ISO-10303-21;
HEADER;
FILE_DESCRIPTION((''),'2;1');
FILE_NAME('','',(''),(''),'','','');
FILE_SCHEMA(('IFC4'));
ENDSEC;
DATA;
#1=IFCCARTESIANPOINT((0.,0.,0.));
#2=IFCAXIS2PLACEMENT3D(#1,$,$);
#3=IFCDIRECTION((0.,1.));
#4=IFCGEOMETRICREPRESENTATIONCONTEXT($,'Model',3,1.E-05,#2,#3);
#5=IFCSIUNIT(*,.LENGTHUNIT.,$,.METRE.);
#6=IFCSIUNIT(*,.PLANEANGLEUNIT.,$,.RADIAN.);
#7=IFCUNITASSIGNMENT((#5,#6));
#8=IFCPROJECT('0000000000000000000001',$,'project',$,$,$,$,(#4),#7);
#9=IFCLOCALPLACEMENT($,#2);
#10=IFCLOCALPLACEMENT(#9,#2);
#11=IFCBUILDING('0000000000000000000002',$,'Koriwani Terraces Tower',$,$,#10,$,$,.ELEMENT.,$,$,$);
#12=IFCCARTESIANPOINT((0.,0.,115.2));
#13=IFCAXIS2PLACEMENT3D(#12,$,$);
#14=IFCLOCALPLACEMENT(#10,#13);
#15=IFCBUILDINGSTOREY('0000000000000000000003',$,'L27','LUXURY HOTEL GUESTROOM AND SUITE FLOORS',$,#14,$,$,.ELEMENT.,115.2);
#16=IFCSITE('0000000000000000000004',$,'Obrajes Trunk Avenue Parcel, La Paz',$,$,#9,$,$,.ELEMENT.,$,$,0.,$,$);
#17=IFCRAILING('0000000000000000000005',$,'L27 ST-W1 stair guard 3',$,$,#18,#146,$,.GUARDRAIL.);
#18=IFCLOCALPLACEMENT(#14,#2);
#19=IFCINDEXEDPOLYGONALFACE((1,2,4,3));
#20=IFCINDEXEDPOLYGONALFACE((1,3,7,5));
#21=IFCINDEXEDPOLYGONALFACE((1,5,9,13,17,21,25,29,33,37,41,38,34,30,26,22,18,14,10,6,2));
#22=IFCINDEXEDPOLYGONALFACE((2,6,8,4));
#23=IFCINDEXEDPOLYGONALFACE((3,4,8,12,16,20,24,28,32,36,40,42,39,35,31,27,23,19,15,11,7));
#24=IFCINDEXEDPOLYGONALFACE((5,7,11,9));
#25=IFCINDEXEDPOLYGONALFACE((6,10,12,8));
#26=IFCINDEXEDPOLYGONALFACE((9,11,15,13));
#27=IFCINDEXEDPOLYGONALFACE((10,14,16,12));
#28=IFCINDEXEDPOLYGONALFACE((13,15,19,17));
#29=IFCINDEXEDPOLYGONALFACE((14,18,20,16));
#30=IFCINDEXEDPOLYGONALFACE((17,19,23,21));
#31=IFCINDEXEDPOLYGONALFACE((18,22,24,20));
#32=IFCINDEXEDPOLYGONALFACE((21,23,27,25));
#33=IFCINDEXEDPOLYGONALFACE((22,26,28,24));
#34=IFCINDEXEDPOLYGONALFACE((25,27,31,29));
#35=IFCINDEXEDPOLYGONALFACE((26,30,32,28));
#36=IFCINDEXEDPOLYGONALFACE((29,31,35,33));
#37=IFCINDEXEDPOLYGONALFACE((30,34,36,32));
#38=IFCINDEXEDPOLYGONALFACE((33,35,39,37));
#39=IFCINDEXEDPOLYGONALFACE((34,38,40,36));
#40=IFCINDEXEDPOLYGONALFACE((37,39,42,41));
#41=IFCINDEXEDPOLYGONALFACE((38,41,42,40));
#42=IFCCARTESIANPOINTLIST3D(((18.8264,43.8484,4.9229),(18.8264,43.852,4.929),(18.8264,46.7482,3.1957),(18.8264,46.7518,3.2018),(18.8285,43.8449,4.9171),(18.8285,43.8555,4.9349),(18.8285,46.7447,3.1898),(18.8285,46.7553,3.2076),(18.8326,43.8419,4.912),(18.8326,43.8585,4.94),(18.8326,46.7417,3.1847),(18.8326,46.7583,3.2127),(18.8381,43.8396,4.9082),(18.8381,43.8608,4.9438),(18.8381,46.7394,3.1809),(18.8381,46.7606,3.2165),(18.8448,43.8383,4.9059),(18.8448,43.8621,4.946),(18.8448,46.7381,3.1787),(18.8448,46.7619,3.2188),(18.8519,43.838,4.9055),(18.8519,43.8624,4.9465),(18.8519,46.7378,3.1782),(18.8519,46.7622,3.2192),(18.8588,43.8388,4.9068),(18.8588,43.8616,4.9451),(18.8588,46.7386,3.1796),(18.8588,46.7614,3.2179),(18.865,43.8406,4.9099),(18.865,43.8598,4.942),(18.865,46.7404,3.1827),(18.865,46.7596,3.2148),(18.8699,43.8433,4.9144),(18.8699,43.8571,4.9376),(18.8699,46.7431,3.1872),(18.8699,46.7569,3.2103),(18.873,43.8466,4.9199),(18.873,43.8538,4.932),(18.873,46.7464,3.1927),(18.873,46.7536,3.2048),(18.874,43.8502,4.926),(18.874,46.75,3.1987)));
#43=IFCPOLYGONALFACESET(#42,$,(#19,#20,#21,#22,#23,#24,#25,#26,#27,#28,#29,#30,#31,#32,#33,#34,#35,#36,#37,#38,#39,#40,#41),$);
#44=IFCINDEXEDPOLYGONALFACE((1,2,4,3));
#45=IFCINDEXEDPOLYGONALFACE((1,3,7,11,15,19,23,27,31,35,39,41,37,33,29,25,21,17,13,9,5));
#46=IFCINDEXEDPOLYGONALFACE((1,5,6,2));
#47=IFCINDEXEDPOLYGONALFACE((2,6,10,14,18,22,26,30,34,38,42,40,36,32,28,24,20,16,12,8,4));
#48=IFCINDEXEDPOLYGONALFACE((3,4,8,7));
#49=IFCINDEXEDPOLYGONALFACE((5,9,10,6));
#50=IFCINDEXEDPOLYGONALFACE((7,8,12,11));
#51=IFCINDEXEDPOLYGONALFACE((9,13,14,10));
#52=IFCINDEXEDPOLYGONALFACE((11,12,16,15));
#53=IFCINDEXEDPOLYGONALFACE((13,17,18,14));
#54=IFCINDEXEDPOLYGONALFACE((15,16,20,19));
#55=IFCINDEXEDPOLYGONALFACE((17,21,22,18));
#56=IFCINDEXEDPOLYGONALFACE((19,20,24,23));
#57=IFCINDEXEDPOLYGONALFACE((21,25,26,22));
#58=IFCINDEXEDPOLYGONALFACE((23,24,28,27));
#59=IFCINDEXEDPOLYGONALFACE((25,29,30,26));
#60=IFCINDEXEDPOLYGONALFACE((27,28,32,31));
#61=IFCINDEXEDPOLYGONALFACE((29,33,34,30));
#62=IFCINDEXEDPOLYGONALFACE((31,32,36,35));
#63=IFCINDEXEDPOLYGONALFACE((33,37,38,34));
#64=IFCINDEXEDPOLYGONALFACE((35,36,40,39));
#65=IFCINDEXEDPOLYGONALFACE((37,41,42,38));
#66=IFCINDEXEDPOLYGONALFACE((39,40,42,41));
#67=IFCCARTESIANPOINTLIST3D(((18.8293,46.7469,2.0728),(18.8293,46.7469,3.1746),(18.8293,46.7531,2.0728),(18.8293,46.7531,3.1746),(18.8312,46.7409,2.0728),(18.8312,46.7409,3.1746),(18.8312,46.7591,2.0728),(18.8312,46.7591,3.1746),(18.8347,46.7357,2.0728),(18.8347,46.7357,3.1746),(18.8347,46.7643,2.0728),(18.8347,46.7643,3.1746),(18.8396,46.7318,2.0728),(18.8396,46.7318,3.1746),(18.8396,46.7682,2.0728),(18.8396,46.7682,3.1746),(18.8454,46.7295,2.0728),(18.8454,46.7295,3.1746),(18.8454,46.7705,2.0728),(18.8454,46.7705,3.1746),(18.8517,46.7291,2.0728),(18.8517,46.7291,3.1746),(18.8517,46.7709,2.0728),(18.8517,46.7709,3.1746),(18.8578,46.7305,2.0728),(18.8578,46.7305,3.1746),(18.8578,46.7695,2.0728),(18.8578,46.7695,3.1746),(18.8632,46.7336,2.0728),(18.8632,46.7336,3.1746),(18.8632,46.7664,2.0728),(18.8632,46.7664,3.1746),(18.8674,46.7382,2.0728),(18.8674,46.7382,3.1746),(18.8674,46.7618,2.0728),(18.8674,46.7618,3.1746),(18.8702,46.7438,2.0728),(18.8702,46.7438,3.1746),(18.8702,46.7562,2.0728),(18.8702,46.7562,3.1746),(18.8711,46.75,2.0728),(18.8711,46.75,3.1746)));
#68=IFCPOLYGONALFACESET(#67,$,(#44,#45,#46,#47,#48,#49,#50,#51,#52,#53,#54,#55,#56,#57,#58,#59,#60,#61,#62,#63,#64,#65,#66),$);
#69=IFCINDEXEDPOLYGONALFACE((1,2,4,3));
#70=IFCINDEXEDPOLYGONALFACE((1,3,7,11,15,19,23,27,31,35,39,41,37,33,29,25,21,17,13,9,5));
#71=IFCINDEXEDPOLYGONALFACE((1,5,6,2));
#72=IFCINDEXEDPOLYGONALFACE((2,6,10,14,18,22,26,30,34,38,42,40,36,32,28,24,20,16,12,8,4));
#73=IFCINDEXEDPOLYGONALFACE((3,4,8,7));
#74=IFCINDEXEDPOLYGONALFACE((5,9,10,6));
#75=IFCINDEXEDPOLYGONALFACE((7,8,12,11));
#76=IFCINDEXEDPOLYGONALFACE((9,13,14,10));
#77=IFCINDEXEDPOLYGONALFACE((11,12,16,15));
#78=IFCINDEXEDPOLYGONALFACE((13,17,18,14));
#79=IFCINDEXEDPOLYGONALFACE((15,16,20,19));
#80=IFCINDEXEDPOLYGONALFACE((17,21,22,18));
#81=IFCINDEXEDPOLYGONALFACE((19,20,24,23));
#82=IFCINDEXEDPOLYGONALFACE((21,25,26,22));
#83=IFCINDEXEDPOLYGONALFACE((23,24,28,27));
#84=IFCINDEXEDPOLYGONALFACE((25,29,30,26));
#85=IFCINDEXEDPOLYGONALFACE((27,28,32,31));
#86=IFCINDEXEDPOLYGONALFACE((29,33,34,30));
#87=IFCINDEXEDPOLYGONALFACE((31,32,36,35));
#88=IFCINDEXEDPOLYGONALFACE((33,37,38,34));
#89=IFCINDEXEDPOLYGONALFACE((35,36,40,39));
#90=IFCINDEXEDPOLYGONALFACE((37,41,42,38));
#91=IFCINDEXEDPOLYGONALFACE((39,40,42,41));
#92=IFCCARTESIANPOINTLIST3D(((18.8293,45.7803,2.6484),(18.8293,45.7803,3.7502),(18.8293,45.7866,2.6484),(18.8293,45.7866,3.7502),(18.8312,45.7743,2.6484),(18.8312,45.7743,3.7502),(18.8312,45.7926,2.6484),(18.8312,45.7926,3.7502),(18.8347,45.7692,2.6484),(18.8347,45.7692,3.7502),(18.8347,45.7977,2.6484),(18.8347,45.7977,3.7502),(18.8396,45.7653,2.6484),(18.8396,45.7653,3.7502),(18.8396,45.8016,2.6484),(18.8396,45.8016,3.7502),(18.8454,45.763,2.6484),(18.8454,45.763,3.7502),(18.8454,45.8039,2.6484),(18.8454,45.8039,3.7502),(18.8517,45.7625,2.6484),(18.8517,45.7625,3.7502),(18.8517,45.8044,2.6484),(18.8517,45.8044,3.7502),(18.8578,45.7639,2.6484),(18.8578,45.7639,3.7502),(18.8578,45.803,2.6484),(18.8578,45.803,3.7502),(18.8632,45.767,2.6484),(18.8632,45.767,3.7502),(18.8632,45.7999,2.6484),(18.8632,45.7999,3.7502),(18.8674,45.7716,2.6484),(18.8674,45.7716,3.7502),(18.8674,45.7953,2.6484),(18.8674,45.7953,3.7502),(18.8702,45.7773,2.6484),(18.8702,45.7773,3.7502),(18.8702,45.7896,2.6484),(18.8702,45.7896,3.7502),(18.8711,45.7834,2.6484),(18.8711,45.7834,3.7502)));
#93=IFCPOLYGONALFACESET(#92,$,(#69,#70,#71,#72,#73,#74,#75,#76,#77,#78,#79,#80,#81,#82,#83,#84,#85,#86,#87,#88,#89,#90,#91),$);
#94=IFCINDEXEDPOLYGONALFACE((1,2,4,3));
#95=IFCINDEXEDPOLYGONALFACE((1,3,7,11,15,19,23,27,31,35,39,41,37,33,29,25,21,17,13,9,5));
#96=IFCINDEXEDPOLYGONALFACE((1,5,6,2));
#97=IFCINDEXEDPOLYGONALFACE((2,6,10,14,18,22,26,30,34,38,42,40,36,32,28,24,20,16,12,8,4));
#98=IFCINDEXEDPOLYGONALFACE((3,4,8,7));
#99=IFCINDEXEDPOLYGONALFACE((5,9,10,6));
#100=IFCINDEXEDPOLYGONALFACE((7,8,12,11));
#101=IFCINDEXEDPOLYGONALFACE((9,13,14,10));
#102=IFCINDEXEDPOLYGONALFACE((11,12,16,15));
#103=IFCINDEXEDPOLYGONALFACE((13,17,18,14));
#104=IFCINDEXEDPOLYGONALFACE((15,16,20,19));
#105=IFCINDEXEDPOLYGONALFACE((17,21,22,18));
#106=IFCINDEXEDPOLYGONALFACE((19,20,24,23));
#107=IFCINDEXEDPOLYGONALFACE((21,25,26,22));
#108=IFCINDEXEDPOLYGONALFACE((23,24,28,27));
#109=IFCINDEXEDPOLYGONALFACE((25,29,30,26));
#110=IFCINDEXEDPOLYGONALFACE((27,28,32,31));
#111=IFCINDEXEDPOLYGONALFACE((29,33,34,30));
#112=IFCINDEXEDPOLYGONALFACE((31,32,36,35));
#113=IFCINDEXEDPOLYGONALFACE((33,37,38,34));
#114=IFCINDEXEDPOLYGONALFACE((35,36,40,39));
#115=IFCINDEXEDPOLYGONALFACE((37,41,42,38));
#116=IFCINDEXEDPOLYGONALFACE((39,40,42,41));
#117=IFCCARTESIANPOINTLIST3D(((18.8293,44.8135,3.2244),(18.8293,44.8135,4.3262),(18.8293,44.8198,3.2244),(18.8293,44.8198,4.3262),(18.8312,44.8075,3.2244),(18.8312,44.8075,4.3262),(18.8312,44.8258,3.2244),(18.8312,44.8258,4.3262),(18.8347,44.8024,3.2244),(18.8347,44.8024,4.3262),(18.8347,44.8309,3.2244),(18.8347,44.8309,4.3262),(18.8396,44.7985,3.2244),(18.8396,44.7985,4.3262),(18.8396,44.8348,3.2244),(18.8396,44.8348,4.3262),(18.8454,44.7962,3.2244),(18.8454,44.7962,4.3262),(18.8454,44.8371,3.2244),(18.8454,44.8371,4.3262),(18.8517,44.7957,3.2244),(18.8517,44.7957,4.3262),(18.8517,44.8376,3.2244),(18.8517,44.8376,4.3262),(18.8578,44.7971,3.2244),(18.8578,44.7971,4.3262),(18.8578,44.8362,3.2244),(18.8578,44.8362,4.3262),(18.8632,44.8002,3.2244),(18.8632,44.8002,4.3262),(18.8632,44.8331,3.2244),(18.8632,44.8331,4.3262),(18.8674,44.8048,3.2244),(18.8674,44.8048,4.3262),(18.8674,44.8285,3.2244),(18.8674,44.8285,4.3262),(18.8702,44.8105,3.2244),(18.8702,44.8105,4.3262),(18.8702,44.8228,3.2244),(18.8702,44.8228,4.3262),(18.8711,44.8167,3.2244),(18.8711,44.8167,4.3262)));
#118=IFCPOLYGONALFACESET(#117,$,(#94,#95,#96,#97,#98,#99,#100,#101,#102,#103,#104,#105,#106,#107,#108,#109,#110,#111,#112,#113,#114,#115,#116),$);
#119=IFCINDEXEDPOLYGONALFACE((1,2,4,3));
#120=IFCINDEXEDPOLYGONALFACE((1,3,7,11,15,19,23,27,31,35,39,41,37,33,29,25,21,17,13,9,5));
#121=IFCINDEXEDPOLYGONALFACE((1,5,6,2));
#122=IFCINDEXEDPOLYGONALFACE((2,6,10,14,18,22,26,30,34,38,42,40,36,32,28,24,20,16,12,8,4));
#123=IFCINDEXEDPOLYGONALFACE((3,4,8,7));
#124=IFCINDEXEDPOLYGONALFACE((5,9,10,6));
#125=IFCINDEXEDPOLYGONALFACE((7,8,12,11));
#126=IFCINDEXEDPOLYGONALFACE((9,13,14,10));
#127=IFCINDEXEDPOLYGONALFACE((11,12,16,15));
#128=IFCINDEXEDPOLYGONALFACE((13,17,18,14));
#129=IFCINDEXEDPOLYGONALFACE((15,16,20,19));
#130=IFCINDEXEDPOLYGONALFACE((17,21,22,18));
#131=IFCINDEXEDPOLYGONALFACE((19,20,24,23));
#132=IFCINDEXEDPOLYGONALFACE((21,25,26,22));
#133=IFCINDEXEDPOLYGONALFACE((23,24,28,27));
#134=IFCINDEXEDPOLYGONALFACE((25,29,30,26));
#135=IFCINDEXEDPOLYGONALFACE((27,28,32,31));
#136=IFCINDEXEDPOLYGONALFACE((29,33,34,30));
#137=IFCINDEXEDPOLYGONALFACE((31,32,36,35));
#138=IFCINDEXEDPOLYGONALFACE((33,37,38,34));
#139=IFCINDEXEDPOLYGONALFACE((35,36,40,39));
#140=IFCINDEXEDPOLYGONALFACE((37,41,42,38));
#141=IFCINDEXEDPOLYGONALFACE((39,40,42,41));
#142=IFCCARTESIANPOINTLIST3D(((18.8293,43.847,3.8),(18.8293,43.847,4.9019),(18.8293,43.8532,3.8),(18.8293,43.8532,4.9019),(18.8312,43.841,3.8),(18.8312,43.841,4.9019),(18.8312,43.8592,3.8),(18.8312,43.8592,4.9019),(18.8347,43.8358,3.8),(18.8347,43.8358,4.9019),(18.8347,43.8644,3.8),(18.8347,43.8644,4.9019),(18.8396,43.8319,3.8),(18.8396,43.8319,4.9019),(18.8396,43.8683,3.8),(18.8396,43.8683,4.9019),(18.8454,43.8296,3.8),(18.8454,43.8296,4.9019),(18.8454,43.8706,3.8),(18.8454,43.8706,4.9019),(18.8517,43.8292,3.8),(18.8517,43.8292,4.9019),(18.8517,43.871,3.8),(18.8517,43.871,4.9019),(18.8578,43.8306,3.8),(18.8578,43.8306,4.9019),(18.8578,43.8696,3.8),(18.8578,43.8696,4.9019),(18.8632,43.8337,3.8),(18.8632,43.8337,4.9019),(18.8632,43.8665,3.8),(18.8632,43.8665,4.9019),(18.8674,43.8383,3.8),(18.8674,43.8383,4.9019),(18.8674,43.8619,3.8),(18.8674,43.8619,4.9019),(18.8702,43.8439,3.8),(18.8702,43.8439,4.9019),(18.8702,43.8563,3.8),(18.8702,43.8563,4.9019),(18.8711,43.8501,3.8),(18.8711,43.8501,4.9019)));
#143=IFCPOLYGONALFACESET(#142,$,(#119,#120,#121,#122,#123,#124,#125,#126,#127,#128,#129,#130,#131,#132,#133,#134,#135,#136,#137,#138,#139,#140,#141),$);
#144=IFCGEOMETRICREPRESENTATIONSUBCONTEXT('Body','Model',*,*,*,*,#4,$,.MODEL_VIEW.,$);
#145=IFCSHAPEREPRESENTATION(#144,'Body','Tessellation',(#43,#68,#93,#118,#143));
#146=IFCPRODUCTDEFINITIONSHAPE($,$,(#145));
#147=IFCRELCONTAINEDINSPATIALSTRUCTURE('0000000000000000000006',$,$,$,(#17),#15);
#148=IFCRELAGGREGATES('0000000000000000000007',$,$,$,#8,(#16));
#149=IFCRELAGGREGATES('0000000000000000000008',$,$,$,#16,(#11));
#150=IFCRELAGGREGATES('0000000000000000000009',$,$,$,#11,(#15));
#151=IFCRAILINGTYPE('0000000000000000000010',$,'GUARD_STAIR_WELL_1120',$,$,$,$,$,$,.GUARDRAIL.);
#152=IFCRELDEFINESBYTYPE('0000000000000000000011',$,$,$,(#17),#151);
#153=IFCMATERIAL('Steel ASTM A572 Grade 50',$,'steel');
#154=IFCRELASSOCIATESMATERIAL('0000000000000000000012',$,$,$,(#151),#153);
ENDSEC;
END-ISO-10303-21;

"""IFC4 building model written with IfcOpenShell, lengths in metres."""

from ifc_helpers import new_model, si_unit, direction, frame, origin, origin_2d, place, context, subcontext, project, spatial, circle, extrude, material, type_object, element, save


model = new_model("IFC4")

# Units and contexts
model_context = context("Model", 3, precision=1e-05, world=origin(), true_north=direction((0.0, 1.0)))
body_context = subcontext(model_context, "Body", "Model", "MODEL_VIEW")
ifc_project = project(units=[si_unit("LENGTHUNIT", "METRE"), si_unit("PLANEANGLEUNIT", "RADIAN")], contexts=[model_context])

# Site, building, storey
site_placement = place(None, origin())
site = spatial("IfcSite", under=ifc_project, at=site_placement, Name="Obrajes Trunk Avenue Parcel, La Paz", CompositionType="ELEMENT", RefElevation=0.0)
building_placement = place(site_placement, origin())
building = spatial("IfcBuilding", under=site, at=building_placement, Name="Koriwani Terraces Tower", CompositionType="ELEMENT")
storey_placement = place(building_placement, frame((0.0, 0.0, 115.2)))
storey = spatial("IfcBuildingStorey", under=building, at=storey_placement, Name="L27", Description="LUXURY HOTEL GUESTROOM AND SUITE FLOORS", CompositionType="ELEMENT", Elevation=115.2)

# Shared definitions
ifc_material_1 = material(Name="Steel ASTM A572 Grade 50", Category="steel")

# Railing
railing_type_1 = type_object("IfcRailingType", Name="GUARD_STAIR_WELL_1120", PredefinedType="GUARDRAIL", material=ifc_material_1)
railing_1_placement = place(storey_placement, frame((18.8501, 46.75, 2.0728)))
element("IfcRailing", 1, at=railing_1_placement, inside=storey, type_object=railing_type_1, Name="L27 ST-W1 stair guard 3", PredefinedType="GUARDRAIL", context=body_context, shape_type="SweptSolid", body=[
    extrude(circle(Radius=0.0239, at=origin_2d()), frame((0.0, 0.0, 1.126), z_axis=(0.0, -0.859141, 0.511738), x_axis=(1.0, 0.0, 0.0)), (0.0, 0.0, 1.0), 3.3752),
    extrude(circle(Radius=0.021, at=origin_2d()), origin(), (0.0, 0.0, 1.0), 1.1018),
    extrude(circle(Radius=0.021, at=origin_2d()), frame((0.0, -0.9666, 0.5757)), (0.0, 0.0, 1.0), 1.1018),
    extrude(circle(Radius=0.021, at=origin_2d()), frame((0.0, -1.9333, 1.1516)), (0.0, 0.0, 1.0), 1.1018),
    extrude(circle(Radius=0.021, at=origin_2d()), frame((0.0, -2.8999, 1.7273)), (0.0, 0.0, 1.0), 1.1018),
])

save(model, "model.ifc")
